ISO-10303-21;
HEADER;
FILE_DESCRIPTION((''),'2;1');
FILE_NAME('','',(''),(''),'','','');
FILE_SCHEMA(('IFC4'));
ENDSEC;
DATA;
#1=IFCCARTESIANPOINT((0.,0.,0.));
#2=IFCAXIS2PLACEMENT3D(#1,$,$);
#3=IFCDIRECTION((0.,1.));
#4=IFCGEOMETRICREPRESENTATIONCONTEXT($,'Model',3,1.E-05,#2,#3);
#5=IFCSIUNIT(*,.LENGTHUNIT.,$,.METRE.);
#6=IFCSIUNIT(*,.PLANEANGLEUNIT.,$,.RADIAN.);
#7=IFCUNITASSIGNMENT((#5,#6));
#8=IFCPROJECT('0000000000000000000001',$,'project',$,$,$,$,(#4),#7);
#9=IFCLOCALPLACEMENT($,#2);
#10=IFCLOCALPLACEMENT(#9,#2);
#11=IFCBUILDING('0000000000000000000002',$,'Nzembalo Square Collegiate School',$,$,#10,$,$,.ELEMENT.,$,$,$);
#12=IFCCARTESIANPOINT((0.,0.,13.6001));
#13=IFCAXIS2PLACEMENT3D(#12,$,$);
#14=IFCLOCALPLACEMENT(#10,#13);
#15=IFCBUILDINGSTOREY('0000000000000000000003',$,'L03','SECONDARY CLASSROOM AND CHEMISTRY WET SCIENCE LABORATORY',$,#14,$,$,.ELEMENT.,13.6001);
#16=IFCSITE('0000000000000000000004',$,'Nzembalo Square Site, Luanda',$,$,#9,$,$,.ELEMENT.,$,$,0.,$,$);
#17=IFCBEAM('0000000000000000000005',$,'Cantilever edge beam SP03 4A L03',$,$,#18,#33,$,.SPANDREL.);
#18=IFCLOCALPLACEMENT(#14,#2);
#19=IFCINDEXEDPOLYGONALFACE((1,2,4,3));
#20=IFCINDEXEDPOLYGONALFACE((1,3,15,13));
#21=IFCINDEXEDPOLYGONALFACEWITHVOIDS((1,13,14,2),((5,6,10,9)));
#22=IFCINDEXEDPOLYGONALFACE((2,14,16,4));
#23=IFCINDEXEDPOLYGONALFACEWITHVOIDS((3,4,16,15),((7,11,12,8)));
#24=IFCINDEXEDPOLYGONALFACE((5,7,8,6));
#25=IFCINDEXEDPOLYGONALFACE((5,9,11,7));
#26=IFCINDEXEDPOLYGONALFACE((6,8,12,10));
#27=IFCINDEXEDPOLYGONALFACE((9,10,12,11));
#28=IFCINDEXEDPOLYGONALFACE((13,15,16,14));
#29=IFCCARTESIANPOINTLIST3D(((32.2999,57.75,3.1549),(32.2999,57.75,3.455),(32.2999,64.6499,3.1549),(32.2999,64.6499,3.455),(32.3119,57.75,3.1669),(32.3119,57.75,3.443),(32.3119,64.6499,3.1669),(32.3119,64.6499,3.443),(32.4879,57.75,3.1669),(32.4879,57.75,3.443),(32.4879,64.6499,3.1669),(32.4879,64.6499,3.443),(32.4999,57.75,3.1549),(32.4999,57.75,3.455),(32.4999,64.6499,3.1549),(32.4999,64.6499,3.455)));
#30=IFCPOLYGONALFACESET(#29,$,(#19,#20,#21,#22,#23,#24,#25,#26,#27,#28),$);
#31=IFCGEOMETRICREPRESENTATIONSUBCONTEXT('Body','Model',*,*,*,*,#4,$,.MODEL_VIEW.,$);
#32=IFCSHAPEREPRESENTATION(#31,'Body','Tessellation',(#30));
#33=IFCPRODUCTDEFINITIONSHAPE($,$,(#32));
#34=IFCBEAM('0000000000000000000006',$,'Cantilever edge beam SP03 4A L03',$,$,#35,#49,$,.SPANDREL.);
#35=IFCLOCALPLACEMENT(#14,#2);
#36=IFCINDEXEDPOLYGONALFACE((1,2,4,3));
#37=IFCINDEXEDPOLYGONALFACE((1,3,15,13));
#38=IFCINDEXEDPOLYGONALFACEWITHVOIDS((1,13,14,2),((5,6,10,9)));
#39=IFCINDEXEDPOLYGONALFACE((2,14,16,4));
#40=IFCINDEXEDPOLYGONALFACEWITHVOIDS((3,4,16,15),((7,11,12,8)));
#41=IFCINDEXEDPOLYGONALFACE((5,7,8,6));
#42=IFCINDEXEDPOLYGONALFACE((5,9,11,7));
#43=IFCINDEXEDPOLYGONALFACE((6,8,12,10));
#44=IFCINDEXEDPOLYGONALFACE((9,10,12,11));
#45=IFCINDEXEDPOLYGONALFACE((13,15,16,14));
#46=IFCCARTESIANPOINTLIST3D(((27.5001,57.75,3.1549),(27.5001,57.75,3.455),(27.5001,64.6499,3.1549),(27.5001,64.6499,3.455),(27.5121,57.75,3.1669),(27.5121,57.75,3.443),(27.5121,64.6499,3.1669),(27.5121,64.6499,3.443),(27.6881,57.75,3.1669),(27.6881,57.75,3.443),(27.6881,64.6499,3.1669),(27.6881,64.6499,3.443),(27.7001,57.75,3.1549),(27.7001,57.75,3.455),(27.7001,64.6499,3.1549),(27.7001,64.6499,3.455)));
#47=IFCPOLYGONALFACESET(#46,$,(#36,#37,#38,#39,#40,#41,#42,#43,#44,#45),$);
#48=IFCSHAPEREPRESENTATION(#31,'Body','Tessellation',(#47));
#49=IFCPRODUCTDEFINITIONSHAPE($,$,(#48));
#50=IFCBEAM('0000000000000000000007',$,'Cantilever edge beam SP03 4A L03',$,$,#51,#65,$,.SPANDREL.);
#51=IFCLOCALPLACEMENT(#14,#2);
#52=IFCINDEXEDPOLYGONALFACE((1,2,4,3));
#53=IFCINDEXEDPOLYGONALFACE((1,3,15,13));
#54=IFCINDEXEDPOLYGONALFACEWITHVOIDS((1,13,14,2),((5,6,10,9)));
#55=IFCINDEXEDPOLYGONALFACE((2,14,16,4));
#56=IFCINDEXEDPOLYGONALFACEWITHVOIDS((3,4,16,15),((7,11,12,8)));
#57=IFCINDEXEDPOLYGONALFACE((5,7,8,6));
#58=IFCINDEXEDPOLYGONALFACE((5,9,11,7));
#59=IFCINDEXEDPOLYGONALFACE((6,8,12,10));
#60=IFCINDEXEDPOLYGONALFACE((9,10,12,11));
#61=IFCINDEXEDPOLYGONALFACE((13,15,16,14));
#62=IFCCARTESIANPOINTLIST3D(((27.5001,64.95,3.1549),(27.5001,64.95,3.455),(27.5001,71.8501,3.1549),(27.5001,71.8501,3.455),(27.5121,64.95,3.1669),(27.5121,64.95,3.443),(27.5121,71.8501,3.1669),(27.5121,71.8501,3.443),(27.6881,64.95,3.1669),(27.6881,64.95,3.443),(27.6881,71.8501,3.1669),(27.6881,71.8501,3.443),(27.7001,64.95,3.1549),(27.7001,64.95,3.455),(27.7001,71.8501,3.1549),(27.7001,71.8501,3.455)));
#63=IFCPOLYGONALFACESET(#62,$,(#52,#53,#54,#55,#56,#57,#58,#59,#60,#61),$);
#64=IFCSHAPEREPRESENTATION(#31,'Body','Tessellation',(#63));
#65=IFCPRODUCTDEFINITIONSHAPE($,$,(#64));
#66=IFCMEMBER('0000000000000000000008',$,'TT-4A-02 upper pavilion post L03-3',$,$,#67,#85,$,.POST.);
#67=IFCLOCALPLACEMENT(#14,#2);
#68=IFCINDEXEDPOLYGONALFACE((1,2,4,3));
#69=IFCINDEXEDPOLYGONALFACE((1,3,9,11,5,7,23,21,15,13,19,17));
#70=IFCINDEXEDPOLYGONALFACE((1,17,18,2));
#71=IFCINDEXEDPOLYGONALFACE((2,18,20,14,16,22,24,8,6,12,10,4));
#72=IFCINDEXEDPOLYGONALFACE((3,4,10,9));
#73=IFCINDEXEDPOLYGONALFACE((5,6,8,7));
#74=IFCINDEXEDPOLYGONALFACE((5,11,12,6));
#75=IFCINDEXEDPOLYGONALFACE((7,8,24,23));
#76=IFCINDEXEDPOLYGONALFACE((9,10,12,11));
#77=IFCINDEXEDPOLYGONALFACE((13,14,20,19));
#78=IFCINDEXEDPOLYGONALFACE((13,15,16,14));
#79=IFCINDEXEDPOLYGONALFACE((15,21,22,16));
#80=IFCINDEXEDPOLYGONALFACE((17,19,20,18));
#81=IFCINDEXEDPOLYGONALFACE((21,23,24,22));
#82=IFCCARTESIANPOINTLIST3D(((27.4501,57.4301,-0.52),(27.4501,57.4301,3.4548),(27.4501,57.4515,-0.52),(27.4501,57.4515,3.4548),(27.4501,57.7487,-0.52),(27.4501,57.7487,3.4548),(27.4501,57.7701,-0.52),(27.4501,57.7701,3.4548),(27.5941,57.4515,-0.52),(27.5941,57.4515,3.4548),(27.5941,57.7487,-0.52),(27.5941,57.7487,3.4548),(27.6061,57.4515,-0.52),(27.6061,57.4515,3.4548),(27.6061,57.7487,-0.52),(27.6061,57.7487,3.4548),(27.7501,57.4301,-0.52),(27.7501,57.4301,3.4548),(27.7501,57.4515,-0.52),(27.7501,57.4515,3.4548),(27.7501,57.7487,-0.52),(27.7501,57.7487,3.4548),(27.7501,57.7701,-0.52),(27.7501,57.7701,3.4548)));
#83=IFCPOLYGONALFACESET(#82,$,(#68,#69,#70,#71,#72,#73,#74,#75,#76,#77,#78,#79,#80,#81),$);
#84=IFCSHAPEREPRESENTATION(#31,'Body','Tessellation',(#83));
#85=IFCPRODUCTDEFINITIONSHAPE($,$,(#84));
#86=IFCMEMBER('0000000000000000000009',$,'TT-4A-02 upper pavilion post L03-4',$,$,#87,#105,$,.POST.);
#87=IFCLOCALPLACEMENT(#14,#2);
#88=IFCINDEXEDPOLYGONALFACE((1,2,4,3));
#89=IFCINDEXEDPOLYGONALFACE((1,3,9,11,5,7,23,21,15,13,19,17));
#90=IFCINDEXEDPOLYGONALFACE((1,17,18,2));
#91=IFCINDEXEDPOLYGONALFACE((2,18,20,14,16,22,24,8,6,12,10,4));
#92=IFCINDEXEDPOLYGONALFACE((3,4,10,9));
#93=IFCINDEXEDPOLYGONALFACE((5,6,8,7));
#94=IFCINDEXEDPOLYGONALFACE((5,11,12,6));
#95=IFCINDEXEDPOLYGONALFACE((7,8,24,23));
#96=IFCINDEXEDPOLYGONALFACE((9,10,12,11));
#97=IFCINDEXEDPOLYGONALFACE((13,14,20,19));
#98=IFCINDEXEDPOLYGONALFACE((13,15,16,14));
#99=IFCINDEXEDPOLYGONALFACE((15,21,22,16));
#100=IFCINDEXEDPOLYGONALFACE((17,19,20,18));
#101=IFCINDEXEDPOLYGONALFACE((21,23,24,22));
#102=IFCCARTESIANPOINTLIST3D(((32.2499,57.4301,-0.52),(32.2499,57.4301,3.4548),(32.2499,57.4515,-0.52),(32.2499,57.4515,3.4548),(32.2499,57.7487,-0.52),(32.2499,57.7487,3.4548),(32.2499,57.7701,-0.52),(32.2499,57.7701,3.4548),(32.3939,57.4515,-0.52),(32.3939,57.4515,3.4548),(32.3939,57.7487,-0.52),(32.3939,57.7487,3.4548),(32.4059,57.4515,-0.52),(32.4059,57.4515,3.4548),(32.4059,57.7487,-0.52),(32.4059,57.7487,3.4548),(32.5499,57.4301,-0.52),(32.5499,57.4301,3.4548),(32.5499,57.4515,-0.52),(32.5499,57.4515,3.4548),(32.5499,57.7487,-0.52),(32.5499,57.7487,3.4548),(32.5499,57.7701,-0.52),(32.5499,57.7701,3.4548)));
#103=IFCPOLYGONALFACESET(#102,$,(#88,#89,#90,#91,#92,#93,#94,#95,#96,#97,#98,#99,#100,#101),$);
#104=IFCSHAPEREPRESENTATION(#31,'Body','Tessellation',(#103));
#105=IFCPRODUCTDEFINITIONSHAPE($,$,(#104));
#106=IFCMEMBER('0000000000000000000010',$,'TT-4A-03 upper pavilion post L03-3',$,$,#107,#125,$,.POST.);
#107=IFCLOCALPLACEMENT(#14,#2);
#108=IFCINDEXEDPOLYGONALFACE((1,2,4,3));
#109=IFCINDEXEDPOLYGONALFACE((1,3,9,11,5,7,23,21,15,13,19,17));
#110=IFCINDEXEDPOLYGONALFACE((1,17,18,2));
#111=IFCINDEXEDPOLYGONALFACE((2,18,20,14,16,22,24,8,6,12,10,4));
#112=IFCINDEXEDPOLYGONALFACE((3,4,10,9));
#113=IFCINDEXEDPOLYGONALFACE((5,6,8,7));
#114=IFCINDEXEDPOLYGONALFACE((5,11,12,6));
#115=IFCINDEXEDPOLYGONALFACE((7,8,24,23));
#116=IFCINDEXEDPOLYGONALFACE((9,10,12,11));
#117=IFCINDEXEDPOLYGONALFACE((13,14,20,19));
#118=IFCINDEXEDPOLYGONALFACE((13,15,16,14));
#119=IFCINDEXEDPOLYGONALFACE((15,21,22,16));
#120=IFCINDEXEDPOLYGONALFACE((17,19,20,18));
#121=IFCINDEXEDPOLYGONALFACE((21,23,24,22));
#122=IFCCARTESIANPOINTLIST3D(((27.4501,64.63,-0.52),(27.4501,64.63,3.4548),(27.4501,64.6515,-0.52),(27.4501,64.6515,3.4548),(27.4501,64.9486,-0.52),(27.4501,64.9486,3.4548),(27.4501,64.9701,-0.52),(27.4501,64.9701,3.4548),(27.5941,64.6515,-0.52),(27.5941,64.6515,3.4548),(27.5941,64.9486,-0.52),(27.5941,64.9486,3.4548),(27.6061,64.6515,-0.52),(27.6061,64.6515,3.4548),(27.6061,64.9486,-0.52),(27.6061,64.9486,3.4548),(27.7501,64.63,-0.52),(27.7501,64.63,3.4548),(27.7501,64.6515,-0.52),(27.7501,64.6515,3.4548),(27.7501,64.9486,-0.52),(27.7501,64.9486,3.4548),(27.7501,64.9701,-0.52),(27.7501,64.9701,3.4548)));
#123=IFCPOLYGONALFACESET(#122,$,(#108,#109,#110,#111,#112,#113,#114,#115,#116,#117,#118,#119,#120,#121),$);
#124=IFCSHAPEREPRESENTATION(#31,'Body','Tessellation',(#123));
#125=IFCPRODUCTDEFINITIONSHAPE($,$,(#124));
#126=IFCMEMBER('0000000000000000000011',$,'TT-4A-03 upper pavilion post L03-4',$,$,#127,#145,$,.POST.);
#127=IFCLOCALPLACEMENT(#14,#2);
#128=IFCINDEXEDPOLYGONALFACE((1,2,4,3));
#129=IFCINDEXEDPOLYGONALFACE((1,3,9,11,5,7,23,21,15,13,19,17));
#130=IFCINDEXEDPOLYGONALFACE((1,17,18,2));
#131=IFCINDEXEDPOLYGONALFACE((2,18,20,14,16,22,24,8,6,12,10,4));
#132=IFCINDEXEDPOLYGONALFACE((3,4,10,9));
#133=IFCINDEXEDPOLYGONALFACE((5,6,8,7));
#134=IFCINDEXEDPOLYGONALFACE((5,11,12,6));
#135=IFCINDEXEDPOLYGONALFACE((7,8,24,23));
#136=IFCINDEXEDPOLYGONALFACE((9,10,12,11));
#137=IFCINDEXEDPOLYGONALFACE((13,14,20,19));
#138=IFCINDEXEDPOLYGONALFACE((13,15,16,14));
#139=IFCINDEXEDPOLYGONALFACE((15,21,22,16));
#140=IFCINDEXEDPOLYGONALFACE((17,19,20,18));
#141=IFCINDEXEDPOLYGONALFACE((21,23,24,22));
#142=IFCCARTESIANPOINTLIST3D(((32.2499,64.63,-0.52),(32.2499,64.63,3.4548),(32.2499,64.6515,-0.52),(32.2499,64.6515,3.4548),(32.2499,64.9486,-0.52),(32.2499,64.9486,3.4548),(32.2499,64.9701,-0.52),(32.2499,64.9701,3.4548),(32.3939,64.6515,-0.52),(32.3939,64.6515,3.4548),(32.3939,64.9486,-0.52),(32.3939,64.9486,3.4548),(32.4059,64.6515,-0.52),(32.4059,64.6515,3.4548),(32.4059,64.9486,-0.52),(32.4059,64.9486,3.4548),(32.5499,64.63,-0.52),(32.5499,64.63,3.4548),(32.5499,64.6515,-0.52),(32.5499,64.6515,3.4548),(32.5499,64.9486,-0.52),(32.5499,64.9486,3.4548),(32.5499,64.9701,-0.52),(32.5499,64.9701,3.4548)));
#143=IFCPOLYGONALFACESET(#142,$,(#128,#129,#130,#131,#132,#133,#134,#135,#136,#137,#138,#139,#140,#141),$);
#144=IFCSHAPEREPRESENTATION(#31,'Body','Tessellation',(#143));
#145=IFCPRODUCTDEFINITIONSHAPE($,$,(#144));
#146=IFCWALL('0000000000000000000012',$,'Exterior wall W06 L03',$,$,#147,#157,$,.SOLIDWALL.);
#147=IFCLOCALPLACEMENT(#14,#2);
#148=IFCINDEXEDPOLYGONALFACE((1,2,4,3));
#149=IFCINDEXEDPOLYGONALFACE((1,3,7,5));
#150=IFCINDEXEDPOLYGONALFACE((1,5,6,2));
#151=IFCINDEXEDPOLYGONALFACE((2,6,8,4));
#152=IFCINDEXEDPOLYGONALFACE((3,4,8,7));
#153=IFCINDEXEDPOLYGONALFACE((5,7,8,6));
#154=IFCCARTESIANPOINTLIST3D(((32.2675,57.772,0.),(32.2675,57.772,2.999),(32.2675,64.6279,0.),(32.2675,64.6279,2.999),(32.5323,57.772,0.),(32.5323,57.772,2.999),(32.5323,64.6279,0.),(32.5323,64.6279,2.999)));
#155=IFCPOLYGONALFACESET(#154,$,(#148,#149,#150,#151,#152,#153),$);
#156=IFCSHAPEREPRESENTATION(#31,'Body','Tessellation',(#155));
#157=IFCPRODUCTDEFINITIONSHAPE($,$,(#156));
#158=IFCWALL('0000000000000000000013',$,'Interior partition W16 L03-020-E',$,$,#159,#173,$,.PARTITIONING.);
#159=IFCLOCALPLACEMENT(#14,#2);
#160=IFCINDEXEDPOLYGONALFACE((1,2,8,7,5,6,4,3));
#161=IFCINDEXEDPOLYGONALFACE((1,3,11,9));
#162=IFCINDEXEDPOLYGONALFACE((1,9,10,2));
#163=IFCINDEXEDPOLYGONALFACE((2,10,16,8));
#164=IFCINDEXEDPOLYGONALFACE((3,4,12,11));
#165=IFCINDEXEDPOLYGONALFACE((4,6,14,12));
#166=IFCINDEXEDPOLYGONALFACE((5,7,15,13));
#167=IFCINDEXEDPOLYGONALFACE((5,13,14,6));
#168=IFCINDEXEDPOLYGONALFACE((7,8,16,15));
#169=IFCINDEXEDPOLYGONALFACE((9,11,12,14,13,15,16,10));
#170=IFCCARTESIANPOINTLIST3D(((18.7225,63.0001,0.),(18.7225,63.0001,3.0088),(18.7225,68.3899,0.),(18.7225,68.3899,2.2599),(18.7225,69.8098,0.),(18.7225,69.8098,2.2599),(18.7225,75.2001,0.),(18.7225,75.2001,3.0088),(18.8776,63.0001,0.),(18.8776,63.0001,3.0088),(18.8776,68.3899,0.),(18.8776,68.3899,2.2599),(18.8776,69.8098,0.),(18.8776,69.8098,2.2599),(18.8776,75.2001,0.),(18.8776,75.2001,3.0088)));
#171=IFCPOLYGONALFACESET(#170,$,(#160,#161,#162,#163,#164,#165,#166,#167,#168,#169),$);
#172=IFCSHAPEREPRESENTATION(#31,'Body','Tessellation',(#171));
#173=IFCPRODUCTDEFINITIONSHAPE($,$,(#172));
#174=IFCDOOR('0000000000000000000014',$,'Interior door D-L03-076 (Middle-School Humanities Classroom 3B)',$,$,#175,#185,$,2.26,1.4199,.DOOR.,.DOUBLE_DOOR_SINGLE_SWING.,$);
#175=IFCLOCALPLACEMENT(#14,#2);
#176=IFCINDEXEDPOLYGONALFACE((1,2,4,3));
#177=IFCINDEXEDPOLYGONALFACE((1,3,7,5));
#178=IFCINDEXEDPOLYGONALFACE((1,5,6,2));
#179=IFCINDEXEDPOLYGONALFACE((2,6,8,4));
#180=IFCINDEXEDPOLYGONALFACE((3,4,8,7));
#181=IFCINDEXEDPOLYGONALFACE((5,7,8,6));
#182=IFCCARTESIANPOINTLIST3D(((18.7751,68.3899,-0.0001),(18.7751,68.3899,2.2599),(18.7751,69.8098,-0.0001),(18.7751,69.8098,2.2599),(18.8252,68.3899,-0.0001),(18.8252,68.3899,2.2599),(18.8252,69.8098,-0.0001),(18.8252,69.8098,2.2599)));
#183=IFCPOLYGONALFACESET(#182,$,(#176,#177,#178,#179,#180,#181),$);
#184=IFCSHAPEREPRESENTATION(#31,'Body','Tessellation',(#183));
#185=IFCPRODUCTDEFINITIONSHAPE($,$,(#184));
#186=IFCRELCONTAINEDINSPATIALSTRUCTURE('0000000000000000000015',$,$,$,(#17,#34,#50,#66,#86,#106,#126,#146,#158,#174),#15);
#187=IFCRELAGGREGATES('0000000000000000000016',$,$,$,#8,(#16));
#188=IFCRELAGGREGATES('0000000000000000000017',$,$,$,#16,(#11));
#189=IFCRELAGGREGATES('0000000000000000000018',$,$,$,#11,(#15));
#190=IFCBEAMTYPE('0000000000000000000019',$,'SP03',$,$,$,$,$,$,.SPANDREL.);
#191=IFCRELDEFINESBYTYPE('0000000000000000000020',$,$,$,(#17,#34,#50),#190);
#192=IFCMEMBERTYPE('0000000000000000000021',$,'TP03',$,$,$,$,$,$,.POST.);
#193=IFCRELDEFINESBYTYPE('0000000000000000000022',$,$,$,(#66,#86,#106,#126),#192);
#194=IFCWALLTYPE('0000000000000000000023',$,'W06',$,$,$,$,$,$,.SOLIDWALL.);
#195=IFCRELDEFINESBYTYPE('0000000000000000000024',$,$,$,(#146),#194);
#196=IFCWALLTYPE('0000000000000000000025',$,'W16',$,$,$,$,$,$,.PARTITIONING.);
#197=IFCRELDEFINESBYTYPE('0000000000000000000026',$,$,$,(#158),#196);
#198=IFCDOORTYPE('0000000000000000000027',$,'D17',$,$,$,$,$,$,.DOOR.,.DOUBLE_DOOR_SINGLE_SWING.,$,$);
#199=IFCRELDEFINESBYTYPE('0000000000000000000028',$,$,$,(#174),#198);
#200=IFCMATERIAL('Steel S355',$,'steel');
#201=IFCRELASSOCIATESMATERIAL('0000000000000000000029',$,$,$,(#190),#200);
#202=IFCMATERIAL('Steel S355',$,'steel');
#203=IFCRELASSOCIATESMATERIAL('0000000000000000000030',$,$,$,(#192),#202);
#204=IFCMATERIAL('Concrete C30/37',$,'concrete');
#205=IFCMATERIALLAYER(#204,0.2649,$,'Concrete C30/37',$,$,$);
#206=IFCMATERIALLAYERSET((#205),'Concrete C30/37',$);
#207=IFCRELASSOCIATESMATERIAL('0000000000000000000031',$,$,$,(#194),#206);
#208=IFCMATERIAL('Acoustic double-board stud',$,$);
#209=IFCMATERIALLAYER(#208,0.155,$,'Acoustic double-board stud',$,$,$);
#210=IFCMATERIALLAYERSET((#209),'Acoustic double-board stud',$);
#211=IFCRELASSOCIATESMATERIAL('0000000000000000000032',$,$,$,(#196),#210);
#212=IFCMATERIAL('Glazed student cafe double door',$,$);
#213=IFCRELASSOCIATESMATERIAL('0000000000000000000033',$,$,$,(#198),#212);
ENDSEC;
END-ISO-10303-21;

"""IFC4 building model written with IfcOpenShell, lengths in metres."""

from ifc_helpers import new_model, si_unit, direction, frame, frame_2d, origin, origin_2d, place, context, subcontext, project, spatial, rectangle, hollow_rectangle, i_section, extrude, material, layer, layer_set, material_profile, profile_set, type_object, element, fill, save


model = new_model("IFC4")

# Units and contexts
model_context = context("Model", 3, precision=1e-05, world=origin(), true_north=direction((0.0, 1.0)))
body_context = subcontext(model_context, "Body", "Model", "MODEL_VIEW")
ifc_project = project(units=[si_unit("LENGTHUNIT", "METRE"), si_unit("PLANEANGLEUNIT", "RADIAN")], contexts=[model_context])

# Site, building, storey
site_placement = place(None, origin())
site = spatial("IfcSite", under=ifc_project, at=site_placement, Name="Nzembalo Square Site, Luanda", CompositionType="ELEMENT", RefElevation=0.0)
building_placement = place(site_placement, origin())
building = spatial("IfcBuilding", under=site, at=building_placement, Name="Nzembalo Square Collegiate School", CompositionType="ELEMENT")
storey_placement = place(building_placement, frame((0.0, 0.0, 13.6001)))
storey = spatial("IfcBuildingStorey", under=building, at=storey_placement, Name="L03", Description="SECONDARY CLASSROOM AND CHEMISTRY WET SCIENCE LABORATORY", CompositionType="ELEMENT", Elevation=13.6001)

# Beams
ifc_material_1 = material(Name="Steel S355", Category="steel")
ifc_material_profile_1 = material_profile(ifc_material_1, hollow_rectangle(XDim=0.2, YDim=0.3, WallThickness=0.012, at=origin_2d()), Name="RHS 300x200x12")
ifc_profile_set_1 = profile_set([ifc_material_profile_1], Name="Steel S355")
beam_type_1 = type_object("IfcBeamType", Name="SP03", PredefinedType="SPANDREL", material=ifc_profile_set_1)
for number, where, z_axis, x_axis, name in (
    (1, (32.3999, 57.75, 3.3049), (0.0, 1.0, 0.0), (-1.0, 0.0, 0.0), "Cantilever edge beam SP03 4A L03"),
    (2, (27.6001, 57.75, 3.3049), (0.0, 1.0, 0.0), (-1.0, 0.0, 0.0), "Cantilever edge beam SP03 4A L03"),
):
    element("IfcBeam", number, at=place(storey_placement, frame(where, z_axis=z_axis, x_axis=x_axis)), inside=storey, type_object=beam_type_1, Name=name, PredefinedType="SPANDREL", context=body_context, shape_type="SweptSolid", body=[
        extrude(hollow_rectangle(XDim=0.2, YDim=0.3, WallThickness=0.012, at=origin_2d()), origin(), (0.0, 0.0, 1.0), 6.8999),
    ])
beam_placement = place(storey_placement, frame((27.6001, 64.95, 3.3049), z_axis=(0.0, 1.0, 0.0), x_axis=(-1.0, 0.0, 0.0)))
element("IfcBeam", 3, at=beam_placement, inside=storey, type_object=beam_type_1, Name="Cantilever edge beam SP03 4A L03", PredefinedType="SPANDREL", context=body_context, shape_type="SweptSolid", body=[
    extrude(hollow_rectangle(XDim=0.2, YDim=0.3, WallThickness=0.012, at=origin_2d()), origin(), (0.0, 0.0, 1.0), 6.9001),
])

# Members
ifc_material_2 = material(Name="Steel S355", Category="steel")
ifc_material_profile_2 = material_profile(ifc_material_2, i_section(OverallWidth=0.3, OverallDepth=0.3401, WebThickness=0.012, FlangeThickness=0.0215, at=origin_2d()), Name="HEB 340")
ifc_profile_set_2 = profile_set([ifc_material_profile_2], Name="Steel S355")
member_type = type_object("IfcMemberType", Name="TP03", PredefinedType="POST", material=ifc_profile_set_2)
for number, where, z_axis, x_axis, name in (
    (4, (27.6001, 57.6001, -0.52), (0.0, 0.0, 1.0), (1.0, 0.0, 0.0), "TT-4A-02 upper pavilion post L03-3"),
    (5, (32.3999, 57.6001, -0.52), (0.0, 0.0, 1.0), (1.0, 0.0, 0.0), "TT-4A-02 upper pavilion post L03-4"),
    (6, (27.6001, 64.8, -0.52), (0.0, 0.0, 1.0), (1.0, 0.0, 0.0), "TT-4A-03 upper pavilion post L03-3"),
    (7, (32.3999, 64.8, -0.52), (0.0, 0.0, 1.0), (1.0, 0.0, 0.0), "TT-4A-03 upper pavilion post L03-4"),
):
    element("IfcMember", number, at=place(storey_placement, frame(where, z_axis=z_axis, x_axis=x_axis)), inside=storey, type_object=member_type, Name=name, PredefinedType="POST", context=body_context, shape_type="SweptSolid", body=[
        extrude(i_section(OverallWidth=0.3, OverallDepth=0.3401, WebThickness=0.012, FlangeThickness=0.0215, at=origin_2d()), origin(), (0.0, 0.0, 1.0), 3.9749),
    ])

# Wall
ifc_material_3 = material(Name="Concrete C30/37", Category="concrete")
ifc_layer_1 = layer(ifc_material_3, 0.2649, Name="Concrete C30/37")
ifc_layer_set_1 = layer_set([ifc_layer_1], Name="Concrete C30/37")
wall_type_1 = type_object("IfcWallType", Name="W06", PredefinedType="SOLIDWALL", material=ifc_layer_set_1)
wall_1_placement = place(storey_placement, frame((32.3999, 57.772, 0.0), z_axis=(0.0, 0.0, 1.0), x_axis=(0.0, 1.0, 0.0)))
element("IfcWall", 8, at=wall_1_placement, inside=storey, type_object=wall_type_1, Name="Exterior wall W06 L03", PredefinedType="SOLIDWALL", context=body_context, shape_type="SweptSolid", body=[
    extrude(rectangle(XDim=6.856, YDim=0.2649, at=frame_2d((3.428, 0.0))), origin(), (0.0, 0.0, 1.0), 2.999),
])

# Wall, opening, door
ifc_material_4 = material(Name="Acoustic double-board stud")
ifc_layer_2 = layer(ifc_material_4, 0.155, Name="Acoustic double-board stud")
ifc_layer_set_2 = layer_set([ifc_layer_2], Name="Acoustic double-board stud")
wall_type_2 = type_object("IfcWallType", Name="W16", PredefinedType="PARTITIONING", material=ifc_layer_set_2)
wall_2_placement = place(storey_placement, frame((18.8, 63.0, 0.0), z_axis=(0.0, 0.0, 1.0), x_axis=(0.0, 1.0, 0.0)))
wall_2 = element("IfcWall", 9, at=wall_2_placement, inside=storey, type_object=wall_type_2, Name="Interior partition W16 L03-020-E", PredefinedType="PARTITIONING", context=body_context, shape_type="SweptSolid", body=[
    extrude(rectangle(XDim=12.2, YDim=0.155, at=frame_2d((6.1001, 0.0))), origin(), (0.0, 0.0, 1.0), 3.0088),
])
opening_1_placement = place(wall_2_placement, frame((5.3899, 0.0, 0.0)))
opening_1 = element("IfcOpeningElement", 10, at=opening_1_placement, cuts=wall_2, PredefinedType="OPENING", context=body_context, shape_type="SweptSolid", body=[
    extrude(rectangle(XDim=1.4199, YDim=2.26, at=frame_2d((0.71, 1.1299))), frame((0.0, 0.0874, 0.0), z_axis=(0.0, -1.0, 0.0), x_axis=(1.0, 0.0, 0.0)), (0.0, 0.0, 1.0), 0.175),
])
ifc_material_5 = material(Name="Glazed student cafe double door")
door_type_1 = type_object("IfcDoorType", Name="D17", OperationType="DOUBLE_DOOR_SINGLE_SWING", PredefinedType="DOOR", material=ifc_material_5)
door_1_placement = place(opening_1_placement, origin())
door_1 = element("IfcDoor", 11, at=door_1_placement, inside=storey, type_object=door_type_1, Name="Interior door D-L03-076 (Middle-School Humanities Classroom 3B)", OperationType="DOUBLE_DOOR_SINGLE_SWING", OverallHeight=2.26, OverallWidth=1.4199, PredefinedType="DOOR", context=body_context, shape_type="SweptSolid", body=[
    extrude(rectangle(XDim=1.4199, YDim=2.26, at=frame_2d((0.71, 1.1299))), frame((0.0, 0.0249, 0.0), z_axis=(0.0, -1.0, 0.0), x_axis=(1.0, 0.0, 0.0)), (0.0, 0.0, 1.0), 0.05),
])
fill(opening_1, door_1)

save(model, "model.ifc")
